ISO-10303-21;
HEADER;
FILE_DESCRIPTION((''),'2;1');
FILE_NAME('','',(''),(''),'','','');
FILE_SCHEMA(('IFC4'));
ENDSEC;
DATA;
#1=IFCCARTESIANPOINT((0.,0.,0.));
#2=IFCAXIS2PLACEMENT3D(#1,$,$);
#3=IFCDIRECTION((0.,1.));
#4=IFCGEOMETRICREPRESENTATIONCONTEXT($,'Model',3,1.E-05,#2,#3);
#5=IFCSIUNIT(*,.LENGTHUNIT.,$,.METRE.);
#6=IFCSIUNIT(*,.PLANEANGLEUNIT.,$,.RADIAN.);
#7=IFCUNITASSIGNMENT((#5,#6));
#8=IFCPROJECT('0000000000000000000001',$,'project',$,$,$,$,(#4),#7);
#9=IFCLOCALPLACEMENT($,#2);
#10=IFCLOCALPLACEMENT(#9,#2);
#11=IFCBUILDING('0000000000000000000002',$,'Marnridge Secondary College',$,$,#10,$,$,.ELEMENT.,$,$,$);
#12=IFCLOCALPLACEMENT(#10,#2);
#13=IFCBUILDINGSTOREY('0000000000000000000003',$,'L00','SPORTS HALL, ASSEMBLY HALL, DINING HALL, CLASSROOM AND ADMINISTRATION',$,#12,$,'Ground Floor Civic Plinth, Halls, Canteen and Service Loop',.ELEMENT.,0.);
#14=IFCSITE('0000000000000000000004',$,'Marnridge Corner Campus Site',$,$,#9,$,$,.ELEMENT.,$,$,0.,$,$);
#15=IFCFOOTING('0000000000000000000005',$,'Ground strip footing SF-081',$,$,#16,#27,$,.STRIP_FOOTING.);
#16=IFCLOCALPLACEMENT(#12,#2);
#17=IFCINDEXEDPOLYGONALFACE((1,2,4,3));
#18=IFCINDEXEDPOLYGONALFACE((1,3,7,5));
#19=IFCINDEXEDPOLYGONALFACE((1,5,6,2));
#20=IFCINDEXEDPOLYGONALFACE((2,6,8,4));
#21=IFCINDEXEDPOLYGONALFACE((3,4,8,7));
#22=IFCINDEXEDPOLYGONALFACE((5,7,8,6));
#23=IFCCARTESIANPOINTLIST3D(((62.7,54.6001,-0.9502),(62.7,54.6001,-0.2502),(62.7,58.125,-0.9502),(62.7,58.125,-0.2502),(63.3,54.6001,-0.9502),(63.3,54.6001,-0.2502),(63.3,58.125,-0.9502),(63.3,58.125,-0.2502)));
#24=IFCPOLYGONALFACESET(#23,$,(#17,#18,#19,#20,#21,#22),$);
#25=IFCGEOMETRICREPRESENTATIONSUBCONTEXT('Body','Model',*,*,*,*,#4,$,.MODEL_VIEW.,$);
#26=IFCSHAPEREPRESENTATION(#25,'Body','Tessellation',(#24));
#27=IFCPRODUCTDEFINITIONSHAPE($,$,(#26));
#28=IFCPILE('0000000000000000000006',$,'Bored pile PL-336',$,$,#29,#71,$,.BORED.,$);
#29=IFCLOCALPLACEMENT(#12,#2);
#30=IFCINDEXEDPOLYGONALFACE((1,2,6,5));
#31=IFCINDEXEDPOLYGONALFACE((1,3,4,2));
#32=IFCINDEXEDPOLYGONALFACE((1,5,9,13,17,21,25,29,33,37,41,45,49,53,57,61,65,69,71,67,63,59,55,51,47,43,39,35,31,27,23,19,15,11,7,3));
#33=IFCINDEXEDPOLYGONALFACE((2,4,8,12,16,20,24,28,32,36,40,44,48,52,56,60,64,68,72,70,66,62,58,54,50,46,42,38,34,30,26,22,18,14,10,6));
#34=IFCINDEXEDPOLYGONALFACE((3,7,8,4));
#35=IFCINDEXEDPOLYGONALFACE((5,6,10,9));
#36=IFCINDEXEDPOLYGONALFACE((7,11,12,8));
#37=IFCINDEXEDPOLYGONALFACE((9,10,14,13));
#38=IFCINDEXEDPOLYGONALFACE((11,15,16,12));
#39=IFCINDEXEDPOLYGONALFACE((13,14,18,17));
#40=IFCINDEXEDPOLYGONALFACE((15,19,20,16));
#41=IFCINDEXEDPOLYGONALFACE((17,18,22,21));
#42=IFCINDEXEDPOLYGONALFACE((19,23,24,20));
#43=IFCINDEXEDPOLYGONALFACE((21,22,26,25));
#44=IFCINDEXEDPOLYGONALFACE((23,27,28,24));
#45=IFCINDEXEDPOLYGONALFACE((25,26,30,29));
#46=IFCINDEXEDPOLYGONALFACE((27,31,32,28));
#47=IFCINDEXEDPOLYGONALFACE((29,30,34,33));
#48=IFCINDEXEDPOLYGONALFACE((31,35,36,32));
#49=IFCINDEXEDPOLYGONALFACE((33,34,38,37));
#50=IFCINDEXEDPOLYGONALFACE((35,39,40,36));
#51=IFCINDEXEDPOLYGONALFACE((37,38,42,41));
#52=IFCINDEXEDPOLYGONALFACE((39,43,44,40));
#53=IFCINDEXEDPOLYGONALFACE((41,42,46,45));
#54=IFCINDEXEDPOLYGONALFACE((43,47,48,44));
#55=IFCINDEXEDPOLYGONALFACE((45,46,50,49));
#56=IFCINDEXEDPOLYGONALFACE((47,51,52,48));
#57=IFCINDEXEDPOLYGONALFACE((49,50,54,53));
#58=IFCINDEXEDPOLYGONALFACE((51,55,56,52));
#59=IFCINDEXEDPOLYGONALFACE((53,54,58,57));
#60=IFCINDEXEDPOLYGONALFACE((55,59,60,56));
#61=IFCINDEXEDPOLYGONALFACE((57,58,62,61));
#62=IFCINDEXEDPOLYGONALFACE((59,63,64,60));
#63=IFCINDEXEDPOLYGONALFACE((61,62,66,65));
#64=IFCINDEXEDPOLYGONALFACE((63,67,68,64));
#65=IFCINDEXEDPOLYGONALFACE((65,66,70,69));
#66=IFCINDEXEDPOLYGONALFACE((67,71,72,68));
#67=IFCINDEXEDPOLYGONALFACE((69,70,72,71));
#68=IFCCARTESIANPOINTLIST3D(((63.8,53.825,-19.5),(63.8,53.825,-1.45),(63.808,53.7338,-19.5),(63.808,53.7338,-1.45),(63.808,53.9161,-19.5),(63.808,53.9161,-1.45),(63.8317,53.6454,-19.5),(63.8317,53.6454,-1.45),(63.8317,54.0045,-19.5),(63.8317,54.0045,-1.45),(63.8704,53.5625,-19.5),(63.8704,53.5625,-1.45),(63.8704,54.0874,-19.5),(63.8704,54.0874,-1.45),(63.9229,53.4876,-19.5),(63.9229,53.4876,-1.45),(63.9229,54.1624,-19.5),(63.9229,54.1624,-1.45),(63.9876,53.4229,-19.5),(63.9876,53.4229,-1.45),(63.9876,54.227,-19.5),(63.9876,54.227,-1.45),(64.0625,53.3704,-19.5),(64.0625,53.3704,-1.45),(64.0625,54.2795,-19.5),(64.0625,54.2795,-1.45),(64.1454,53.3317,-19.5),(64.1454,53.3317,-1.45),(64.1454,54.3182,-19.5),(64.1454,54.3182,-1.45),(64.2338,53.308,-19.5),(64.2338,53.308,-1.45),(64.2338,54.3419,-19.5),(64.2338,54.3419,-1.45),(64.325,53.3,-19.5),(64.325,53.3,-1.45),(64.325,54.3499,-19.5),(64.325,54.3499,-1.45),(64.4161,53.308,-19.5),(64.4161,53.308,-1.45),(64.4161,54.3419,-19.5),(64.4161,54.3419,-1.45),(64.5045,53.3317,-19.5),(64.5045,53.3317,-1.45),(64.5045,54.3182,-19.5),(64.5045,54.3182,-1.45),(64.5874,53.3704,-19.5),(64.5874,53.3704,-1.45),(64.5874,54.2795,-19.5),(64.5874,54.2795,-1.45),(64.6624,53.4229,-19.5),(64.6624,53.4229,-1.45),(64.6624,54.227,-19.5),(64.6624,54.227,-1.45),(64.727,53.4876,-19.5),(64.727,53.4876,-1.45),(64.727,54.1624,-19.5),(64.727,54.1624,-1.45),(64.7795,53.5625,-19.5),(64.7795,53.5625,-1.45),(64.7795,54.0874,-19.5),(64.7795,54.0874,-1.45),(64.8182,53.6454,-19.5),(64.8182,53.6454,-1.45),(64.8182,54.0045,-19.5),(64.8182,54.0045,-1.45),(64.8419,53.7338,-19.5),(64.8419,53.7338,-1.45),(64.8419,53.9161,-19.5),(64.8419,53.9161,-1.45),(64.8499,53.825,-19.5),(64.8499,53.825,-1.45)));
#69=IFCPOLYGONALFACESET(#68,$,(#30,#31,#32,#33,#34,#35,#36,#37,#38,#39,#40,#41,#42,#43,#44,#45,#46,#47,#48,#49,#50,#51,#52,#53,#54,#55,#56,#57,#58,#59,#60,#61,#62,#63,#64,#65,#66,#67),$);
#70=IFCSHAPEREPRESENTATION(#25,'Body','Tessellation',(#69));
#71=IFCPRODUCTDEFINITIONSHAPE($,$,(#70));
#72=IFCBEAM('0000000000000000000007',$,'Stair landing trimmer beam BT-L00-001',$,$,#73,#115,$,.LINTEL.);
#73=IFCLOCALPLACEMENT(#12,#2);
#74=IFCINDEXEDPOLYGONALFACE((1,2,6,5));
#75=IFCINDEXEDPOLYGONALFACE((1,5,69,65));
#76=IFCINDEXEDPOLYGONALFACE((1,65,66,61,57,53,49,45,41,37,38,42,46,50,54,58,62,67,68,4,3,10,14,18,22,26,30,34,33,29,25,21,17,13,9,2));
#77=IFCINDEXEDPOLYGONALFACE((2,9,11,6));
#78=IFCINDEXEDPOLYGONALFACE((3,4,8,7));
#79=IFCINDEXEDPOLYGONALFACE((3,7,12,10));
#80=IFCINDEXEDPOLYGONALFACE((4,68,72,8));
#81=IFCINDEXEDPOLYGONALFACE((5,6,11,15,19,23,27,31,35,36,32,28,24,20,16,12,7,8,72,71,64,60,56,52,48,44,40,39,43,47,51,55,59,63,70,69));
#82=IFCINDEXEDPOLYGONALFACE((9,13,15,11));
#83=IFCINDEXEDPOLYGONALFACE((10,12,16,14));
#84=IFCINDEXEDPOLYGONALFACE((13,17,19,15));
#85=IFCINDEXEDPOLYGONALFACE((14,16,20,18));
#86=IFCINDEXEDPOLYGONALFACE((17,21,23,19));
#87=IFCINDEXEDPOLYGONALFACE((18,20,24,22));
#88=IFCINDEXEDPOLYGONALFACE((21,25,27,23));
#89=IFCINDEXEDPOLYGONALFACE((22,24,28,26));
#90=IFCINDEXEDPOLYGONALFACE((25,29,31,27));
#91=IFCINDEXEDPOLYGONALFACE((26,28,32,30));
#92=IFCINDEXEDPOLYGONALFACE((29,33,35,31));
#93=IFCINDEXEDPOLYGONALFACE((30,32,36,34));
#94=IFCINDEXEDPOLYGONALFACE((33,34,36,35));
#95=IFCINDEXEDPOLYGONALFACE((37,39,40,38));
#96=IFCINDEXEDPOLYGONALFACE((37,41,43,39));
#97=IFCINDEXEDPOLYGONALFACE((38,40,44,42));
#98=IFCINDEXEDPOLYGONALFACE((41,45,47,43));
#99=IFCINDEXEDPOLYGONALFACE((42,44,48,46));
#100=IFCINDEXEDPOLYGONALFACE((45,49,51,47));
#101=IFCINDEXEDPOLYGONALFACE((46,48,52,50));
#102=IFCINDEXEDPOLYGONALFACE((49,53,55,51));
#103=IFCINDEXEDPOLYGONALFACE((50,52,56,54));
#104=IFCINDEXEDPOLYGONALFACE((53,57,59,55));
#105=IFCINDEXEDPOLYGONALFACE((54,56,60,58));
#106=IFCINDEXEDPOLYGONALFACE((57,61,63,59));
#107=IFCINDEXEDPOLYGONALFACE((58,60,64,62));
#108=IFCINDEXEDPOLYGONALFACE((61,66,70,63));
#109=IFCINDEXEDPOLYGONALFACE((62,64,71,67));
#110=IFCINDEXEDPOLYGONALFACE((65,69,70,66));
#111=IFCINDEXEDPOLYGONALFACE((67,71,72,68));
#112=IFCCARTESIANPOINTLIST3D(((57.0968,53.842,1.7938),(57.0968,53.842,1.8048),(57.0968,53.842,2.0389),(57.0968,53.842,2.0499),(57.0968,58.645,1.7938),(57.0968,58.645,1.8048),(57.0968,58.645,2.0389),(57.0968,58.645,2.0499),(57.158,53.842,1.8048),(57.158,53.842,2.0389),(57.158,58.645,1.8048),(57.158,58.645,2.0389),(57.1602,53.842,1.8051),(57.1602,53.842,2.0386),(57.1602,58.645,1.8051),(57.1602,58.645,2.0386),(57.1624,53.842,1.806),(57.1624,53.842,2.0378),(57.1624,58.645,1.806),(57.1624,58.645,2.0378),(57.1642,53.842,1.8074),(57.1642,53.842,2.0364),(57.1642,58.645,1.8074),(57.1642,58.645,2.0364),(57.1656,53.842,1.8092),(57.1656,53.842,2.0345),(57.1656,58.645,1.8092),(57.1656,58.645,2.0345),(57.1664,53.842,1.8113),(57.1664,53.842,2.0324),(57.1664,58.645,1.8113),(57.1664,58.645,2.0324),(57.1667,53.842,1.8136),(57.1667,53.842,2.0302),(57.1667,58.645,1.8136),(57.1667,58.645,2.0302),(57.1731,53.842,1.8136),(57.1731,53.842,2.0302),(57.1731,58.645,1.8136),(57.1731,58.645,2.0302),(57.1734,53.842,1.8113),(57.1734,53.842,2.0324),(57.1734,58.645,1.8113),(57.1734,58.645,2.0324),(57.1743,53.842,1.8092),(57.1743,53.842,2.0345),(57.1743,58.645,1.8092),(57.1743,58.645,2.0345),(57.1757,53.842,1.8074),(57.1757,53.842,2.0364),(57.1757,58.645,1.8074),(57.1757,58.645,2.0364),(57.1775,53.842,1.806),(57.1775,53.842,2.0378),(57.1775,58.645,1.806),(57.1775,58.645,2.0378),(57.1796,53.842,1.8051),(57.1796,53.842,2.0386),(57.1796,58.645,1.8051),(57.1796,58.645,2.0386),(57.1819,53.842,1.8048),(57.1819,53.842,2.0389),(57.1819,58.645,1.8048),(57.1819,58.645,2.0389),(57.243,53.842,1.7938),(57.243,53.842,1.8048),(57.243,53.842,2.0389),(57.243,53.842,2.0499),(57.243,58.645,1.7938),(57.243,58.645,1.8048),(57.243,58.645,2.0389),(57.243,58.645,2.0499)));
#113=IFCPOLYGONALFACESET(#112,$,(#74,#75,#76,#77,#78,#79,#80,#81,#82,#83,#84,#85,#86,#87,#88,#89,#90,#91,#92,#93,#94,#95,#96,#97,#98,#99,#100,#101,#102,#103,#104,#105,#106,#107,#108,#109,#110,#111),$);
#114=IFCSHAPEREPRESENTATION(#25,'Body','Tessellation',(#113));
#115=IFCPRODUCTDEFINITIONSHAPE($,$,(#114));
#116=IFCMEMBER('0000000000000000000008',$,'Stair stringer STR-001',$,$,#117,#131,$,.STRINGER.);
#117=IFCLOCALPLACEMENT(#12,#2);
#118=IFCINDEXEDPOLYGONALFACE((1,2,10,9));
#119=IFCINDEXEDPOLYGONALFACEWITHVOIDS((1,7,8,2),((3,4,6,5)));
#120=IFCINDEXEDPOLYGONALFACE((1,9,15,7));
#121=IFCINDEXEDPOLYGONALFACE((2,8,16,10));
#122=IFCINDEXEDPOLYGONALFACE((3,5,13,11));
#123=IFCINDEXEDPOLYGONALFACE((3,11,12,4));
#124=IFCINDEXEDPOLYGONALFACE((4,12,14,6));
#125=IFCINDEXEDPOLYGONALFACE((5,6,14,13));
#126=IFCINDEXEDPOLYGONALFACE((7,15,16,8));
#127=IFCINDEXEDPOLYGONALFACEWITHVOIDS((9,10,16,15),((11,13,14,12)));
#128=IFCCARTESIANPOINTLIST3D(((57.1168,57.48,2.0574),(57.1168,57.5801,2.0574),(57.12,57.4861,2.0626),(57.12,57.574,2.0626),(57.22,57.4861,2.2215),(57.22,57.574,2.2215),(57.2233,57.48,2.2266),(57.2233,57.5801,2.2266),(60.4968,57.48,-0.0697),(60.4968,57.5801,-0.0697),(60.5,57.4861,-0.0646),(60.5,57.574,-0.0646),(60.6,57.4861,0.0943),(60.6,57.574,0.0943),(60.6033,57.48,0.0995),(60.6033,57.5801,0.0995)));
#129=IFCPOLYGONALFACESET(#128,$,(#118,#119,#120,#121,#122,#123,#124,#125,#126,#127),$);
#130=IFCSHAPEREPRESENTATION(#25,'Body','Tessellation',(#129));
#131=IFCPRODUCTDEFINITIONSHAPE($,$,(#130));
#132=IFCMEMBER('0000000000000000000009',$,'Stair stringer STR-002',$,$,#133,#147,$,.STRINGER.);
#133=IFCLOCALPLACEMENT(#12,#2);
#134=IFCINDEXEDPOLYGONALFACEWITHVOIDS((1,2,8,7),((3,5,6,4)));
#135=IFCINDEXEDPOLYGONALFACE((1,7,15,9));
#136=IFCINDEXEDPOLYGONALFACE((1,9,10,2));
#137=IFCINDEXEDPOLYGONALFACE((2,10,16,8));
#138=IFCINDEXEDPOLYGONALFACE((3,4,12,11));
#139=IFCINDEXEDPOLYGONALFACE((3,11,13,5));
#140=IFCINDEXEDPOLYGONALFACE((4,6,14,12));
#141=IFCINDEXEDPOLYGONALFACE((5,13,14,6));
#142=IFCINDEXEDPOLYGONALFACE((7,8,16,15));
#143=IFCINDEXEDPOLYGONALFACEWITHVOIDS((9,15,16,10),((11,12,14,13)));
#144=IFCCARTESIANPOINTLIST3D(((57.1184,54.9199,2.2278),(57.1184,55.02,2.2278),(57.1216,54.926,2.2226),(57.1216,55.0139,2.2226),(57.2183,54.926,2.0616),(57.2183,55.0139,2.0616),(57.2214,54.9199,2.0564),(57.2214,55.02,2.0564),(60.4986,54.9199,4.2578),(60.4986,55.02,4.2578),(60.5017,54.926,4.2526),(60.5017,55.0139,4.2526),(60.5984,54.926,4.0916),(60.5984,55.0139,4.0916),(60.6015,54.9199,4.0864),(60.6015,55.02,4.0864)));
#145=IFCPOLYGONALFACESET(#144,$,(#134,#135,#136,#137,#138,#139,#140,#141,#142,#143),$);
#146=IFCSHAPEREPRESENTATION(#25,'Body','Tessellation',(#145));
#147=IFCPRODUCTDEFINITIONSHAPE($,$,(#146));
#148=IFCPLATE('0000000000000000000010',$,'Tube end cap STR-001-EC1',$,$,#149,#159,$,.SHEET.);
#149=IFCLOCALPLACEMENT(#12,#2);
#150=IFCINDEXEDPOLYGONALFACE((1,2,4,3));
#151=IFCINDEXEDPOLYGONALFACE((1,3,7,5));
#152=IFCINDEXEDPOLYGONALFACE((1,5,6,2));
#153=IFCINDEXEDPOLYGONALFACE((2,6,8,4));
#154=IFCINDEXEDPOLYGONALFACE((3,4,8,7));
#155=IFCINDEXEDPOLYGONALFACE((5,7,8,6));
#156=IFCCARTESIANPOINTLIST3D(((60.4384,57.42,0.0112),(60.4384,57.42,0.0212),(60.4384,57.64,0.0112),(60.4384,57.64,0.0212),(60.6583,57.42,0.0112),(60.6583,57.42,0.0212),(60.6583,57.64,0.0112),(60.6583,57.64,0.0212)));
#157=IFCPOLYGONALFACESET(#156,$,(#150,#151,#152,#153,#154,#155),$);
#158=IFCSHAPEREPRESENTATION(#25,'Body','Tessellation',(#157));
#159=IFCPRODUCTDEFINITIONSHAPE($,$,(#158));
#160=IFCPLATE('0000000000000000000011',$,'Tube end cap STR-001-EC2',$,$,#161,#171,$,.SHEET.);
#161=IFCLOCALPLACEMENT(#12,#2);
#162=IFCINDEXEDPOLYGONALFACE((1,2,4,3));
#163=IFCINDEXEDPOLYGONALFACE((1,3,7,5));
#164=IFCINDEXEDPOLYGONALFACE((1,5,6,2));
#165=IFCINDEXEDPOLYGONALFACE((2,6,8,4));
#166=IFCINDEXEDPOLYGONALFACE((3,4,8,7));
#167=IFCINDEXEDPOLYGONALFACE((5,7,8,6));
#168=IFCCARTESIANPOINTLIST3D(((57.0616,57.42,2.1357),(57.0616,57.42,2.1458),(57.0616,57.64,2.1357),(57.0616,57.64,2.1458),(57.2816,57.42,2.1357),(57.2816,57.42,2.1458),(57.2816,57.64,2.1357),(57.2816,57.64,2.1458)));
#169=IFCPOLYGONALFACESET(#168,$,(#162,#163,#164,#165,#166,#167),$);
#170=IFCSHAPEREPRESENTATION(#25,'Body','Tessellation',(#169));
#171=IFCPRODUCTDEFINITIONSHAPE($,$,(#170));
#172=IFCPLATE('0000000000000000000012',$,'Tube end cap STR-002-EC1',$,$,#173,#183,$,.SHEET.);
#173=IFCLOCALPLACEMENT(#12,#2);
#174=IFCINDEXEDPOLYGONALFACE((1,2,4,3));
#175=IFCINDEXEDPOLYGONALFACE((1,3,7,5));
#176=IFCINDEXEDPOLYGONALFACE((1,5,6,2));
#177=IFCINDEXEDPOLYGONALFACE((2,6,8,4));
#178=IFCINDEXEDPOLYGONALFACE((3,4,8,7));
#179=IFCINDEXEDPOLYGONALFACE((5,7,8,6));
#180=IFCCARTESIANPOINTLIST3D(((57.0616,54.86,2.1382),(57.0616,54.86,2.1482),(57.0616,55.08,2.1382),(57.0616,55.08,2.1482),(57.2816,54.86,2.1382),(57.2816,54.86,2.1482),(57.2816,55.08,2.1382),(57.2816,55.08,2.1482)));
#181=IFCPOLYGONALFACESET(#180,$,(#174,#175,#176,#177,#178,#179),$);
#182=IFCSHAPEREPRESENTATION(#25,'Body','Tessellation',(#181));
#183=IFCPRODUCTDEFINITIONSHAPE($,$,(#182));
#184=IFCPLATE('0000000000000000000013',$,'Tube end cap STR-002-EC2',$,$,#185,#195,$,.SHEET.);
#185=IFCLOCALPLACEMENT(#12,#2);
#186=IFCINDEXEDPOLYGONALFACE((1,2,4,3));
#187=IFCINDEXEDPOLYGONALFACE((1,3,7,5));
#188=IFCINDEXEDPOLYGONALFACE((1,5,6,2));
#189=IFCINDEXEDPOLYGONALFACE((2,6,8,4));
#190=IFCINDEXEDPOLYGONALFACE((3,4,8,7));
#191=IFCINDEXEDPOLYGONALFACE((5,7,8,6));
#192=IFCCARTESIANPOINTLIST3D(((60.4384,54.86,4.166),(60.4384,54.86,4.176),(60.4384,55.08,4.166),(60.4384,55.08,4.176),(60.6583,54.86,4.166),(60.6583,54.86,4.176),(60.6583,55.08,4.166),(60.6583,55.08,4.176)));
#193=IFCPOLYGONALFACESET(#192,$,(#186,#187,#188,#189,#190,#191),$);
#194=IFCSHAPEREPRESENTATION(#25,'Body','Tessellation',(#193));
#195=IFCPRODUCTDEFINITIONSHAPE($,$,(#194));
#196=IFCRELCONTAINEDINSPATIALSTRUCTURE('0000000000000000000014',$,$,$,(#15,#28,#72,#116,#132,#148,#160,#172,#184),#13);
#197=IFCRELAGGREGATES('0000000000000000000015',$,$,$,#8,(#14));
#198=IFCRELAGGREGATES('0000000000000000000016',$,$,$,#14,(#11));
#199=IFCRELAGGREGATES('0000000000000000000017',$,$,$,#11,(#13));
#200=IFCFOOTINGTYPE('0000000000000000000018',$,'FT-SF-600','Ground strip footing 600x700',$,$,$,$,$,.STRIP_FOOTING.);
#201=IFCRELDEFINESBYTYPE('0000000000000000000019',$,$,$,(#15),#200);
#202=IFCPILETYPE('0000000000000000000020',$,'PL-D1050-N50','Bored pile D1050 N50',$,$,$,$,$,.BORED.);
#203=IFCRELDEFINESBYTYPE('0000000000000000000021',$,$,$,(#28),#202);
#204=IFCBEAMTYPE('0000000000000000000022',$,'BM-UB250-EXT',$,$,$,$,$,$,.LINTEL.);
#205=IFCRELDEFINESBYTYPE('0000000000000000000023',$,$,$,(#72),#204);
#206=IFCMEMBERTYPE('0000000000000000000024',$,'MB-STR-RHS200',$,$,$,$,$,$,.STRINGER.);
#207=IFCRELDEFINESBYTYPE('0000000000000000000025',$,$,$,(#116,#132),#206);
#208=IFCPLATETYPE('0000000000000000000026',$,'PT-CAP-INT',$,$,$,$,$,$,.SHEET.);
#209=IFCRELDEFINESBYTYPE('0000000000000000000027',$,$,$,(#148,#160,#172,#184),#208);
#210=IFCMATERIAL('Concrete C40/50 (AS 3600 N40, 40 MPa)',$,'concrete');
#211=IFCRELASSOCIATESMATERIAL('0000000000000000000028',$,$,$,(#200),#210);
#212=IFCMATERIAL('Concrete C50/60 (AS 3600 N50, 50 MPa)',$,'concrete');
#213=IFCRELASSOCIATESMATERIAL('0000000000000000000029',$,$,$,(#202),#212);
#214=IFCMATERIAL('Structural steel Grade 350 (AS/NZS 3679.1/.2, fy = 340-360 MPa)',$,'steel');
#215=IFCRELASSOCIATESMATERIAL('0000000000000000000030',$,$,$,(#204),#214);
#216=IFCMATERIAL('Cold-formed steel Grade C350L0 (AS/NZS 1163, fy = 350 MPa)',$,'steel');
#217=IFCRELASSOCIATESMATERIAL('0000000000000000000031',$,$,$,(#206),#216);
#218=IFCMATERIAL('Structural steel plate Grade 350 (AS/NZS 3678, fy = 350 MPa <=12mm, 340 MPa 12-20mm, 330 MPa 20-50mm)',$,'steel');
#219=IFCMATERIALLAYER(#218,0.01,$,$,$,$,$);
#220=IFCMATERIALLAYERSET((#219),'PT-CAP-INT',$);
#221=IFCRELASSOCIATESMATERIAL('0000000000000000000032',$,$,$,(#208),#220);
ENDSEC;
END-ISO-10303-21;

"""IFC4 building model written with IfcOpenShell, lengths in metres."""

from ifc_helpers import new_model, si_unit, direction, frame, origin, origin_2d, place, context, subcontext, project, spatial, rectangle, hollow_rectangle, circle, i_section, extrude, material, layer, layer_set, material_profile, profile_set, type_object, element, save


model = new_model("IFC4")

# Units and contexts
model_context = context("Model", 3, precision=1e-05, world=origin(), true_north=direction((0.0, 1.0)))
body_context = subcontext(model_context, "Body", "Model", "MODEL_VIEW")
ifc_project = project(units=[si_unit("LENGTHUNIT", "METRE"), si_unit("PLANEANGLEUNIT", "RADIAN")], contexts=[model_context])

# Site, building, storey
site_placement = place(None, origin())
site = spatial("IfcSite", under=ifc_project, at=site_placement, Name="Marnridge Corner Campus Site", CompositionType="ELEMENT", RefElevation=0.0)
building_placement = place(site_placement, origin())
building = spatial("IfcBuilding", under=site, at=building_placement, Name="Marnridge Secondary College", CompositionType="ELEMENT")
storey_placement = place(building_placement, origin())
storey = spatial("IfcBuildingStorey", under=building, at=storey_placement, Name="L00", Description="SPORTS HALL, ASSEMBLY HALL, DINING HALL, CLASSROOM AND ADMINISTRATION", LongName="Ground Floor Civic Plinth, Halls, Canteen and Service Loop", CompositionType="ELEMENT", Elevation=0.0)

# Footing
ifc_material_1 = material(Name="Concrete C40/50 (AS 3600 N40, 40 MPa)", Category="concrete")
footing_type = type_object("IfcFootingType", Name="FT-SF-600", Description="Ground strip footing 600x700", PredefinedType="STRIP_FOOTING", material=ifc_material_1)
footing_placement = place(storey_placement, frame((63.0, 56.3625, -0.9502), z_axis=(0.0, 0.0, 1.0), x_axis=(1.0, 0.0, 0.0)))
element("IfcFooting", 1, at=footing_placement, inside=storey, type_object=footing_type, Name="Ground strip footing SF-081", PredefinedType="STRIP_FOOTING", context=body_context, shape_type="SweptSolid", body=[
    extrude(rectangle(XDim=0.6001, YDim=3.5249, at=origin_2d()), origin(), (0.0, 0.0, 1.0), 0.7),
])

# Pile
ifc_material_2 = material(Name="Concrete C50/60 (AS 3600 N50, 50 MPa)", Category="concrete")
ifc_material_profile_1 = material_profile(ifc_material_2, circle(Radius=0.5249, at=origin_2d()), Name="PILE D1050")
ifc_profile_set_1 = profile_set([ifc_material_profile_1], Name="Concrete C50/60 (AS 3600 N50, 50 MPa)")
pile_type = type_object("IfcPileType", Name="PL-D1050-N50", Description="Bored pile D1050 N50", PredefinedType="BORED", material=ifc_profile_set_1)
pile_placement = place(storey_placement, frame((64.325, 53.825, -1.45), z_axis=(0.0, 0.0, -1.0), x_axis=(1.0, 0.0, 0.0)))
element("IfcPile", 2, at=pile_placement, inside=storey, type_object=pile_type, Name="Bored pile PL-336", PredefinedType="BORED", context=body_context, shape_type="SweptSolid", body=[
    extrude(circle(Radius=0.5249, at=origin_2d()), origin(), (0.0, 0.0, 1.0), 18.05),
])

# Beam
ifc_material_3 = material(Name="Structural steel Grade 350 (AS/NZS 3679.1/.2, fy = 340-360 MPa)", Category="steel")
ifc_material_profile_2 = material_profile(ifc_material_3, i_section(OverallWidth=0.1462, OverallDepth=0.2561, WebThickness=0.0063, FlangeThickness=0.011, FilletRadius=0.0088, at=origin_2d()), Name="250UB37.3")
ifc_profile_set_2 = profile_set([ifc_material_profile_2], Name="Structural steel Grade 350 (AS/NZS 3679.1/.2, fy = 340-360 MPa)")
beam_type = type_object("IfcBeamType", Name="BM-UB250-EXT", PredefinedType="LINTEL", material=ifc_profile_set_2)
beam_placement = place(storey_placement, frame((57.1699, 53.842, 1.9219), z_axis=(0.0, 1.0, 0.0), x_axis=(-1.0, 0.0, 0.0)))
element("IfcBeam", 3, at=beam_placement, inside=storey, type_object=beam_type, Name="Stair landing trimmer beam BT-L00-001", PredefinedType="LINTEL", context=body_context, shape_type="SweptSolid", body=[
    extrude(i_section(OverallWidth=0.1462, OverallDepth=0.2561, WebThickness=0.0063, FlangeThickness=0.011, FilletRadius=0.0088, at=origin_2d()), origin(), (0.0, 0.0, 1.0), 4.803),
])

# Members
ifc_material_4 = material(Name="Cold-formed steel Grade C350L0 (AS/NZS 1163, fy = 350 MPa)", Category="steel")
ifc_material_profile_3 = material_profile(ifc_material_4, hollow_rectangle(XDim=0.1001, YDim=0.2, WallThickness=0.0061, at=origin_2d()), Name="200x100x6.0RHS")
ifc_profile_set_3 = profile_set([ifc_material_profile_3], Name="Cold-formed steel Grade C350L0 (AS/NZS 1163, fy = 350 MPa)")
member_type = type_object("IfcMemberType", Name="MB-STR-RHS200", PredefinedType="STRINGER", material=ifc_profile_set_3)
member_1_placement = place(storey_placement, frame((60.55, 57.53, 0.0149), z_axis=(-0.846349, 0.0, 0.532628), x_axis=(0.0, -1.0, 0.0)))
element("IfcMember", 4, at=member_1_placement, inside=storey, type_object=member_type, Name="Stair stringer STR-001", PredefinedType="STRINGER", context=body_context, shape_type="SweptSolid", body=[
    extrude(hollow_rectangle(XDim=0.1001, YDim=0.2, WallThickness=0.0061, at=origin_2d()), origin(), (0.0, 0.0, 1.0), 3.9937),
])
member_2_placement = place(storey_placement, frame((57.1699, 54.97, 2.1421), z_axis=(0.857274, 0.0, 0.51486), x_axis=(0.0, 1.0, 0.0)))
element("IfcMember", 5, at=member_2_placement, inside=storey, type_object=member_type, Name="Stair stringer STR-002", PredefinedType="STRINGER", context=body_context, shape_type="SweptSolid", body=[
    extrude(hollow_rectangle(XDim=0.1001, YDim=0.2, WallThickness=0.0061, at=origin_2d()), origin(), (0.0, 0.0, 1.0), 3.9429),
])

# Plates
ifc_material_5 = material(Name="Structural steel plate Grade 350 (AS/NZS 3678, fy = 350 MPa <=12mm, 340 MPa 12-20mm, 330 MPa 20-50mm)", Category="steel")
ifc_layer_1 = layer(ifc_material_5, 0.01)
ifc_layer_set_1 = layer_set([ifc_layer_1], Name="PT-CAP-INT")
plate_type = type_object("IfcPlateType", Name="PT-CAP-INT", PredefinedType="SHEET", material=ifc_layer_set_1)
for number, where, z_axis, x_axis, name in (
    (6, (60.5483, 57.53, 0.0112), (0.0, 0.0, 1.0), (-1.0, 0.0, 0.0), "Tube end cap STR-001-EC1"),
    (7, (57.1716, 57.53, 2.1357), (0.0, 0.0, 1.0), (-1.0, 0.0, 0.0), "Tube end cap STR-001-EC2"),
    (8, (57.1716, 54.97, 2.1382), (0.0, 0.0, 1.0), (1.0, 0.0, 0.0), "Tube end cap STR-002-EC1"),
    (9, (60.5483, 54.97, 4.166), (0.0, 0.0, 1.0), (1.0, 0.0, 0.0), "Tube end cap STR-002-EC2"),
):
    element("IfcPlate", number, at=place(storey_placement, frame(where, z_axis=z_axis, x_axis=x_axis)), inside=storey, type_object=plate_type, Name=name, PredefinedType="SHEET", context=body_context, shape_type="SweptSolid", body=[
        extrude(rectangle(XDim=0.22, YDim=0.22, at=origin_2d()), origin(), (0.0, 0.0, 1.0), 0.01),
    ])

save(model, "model.ifc")
